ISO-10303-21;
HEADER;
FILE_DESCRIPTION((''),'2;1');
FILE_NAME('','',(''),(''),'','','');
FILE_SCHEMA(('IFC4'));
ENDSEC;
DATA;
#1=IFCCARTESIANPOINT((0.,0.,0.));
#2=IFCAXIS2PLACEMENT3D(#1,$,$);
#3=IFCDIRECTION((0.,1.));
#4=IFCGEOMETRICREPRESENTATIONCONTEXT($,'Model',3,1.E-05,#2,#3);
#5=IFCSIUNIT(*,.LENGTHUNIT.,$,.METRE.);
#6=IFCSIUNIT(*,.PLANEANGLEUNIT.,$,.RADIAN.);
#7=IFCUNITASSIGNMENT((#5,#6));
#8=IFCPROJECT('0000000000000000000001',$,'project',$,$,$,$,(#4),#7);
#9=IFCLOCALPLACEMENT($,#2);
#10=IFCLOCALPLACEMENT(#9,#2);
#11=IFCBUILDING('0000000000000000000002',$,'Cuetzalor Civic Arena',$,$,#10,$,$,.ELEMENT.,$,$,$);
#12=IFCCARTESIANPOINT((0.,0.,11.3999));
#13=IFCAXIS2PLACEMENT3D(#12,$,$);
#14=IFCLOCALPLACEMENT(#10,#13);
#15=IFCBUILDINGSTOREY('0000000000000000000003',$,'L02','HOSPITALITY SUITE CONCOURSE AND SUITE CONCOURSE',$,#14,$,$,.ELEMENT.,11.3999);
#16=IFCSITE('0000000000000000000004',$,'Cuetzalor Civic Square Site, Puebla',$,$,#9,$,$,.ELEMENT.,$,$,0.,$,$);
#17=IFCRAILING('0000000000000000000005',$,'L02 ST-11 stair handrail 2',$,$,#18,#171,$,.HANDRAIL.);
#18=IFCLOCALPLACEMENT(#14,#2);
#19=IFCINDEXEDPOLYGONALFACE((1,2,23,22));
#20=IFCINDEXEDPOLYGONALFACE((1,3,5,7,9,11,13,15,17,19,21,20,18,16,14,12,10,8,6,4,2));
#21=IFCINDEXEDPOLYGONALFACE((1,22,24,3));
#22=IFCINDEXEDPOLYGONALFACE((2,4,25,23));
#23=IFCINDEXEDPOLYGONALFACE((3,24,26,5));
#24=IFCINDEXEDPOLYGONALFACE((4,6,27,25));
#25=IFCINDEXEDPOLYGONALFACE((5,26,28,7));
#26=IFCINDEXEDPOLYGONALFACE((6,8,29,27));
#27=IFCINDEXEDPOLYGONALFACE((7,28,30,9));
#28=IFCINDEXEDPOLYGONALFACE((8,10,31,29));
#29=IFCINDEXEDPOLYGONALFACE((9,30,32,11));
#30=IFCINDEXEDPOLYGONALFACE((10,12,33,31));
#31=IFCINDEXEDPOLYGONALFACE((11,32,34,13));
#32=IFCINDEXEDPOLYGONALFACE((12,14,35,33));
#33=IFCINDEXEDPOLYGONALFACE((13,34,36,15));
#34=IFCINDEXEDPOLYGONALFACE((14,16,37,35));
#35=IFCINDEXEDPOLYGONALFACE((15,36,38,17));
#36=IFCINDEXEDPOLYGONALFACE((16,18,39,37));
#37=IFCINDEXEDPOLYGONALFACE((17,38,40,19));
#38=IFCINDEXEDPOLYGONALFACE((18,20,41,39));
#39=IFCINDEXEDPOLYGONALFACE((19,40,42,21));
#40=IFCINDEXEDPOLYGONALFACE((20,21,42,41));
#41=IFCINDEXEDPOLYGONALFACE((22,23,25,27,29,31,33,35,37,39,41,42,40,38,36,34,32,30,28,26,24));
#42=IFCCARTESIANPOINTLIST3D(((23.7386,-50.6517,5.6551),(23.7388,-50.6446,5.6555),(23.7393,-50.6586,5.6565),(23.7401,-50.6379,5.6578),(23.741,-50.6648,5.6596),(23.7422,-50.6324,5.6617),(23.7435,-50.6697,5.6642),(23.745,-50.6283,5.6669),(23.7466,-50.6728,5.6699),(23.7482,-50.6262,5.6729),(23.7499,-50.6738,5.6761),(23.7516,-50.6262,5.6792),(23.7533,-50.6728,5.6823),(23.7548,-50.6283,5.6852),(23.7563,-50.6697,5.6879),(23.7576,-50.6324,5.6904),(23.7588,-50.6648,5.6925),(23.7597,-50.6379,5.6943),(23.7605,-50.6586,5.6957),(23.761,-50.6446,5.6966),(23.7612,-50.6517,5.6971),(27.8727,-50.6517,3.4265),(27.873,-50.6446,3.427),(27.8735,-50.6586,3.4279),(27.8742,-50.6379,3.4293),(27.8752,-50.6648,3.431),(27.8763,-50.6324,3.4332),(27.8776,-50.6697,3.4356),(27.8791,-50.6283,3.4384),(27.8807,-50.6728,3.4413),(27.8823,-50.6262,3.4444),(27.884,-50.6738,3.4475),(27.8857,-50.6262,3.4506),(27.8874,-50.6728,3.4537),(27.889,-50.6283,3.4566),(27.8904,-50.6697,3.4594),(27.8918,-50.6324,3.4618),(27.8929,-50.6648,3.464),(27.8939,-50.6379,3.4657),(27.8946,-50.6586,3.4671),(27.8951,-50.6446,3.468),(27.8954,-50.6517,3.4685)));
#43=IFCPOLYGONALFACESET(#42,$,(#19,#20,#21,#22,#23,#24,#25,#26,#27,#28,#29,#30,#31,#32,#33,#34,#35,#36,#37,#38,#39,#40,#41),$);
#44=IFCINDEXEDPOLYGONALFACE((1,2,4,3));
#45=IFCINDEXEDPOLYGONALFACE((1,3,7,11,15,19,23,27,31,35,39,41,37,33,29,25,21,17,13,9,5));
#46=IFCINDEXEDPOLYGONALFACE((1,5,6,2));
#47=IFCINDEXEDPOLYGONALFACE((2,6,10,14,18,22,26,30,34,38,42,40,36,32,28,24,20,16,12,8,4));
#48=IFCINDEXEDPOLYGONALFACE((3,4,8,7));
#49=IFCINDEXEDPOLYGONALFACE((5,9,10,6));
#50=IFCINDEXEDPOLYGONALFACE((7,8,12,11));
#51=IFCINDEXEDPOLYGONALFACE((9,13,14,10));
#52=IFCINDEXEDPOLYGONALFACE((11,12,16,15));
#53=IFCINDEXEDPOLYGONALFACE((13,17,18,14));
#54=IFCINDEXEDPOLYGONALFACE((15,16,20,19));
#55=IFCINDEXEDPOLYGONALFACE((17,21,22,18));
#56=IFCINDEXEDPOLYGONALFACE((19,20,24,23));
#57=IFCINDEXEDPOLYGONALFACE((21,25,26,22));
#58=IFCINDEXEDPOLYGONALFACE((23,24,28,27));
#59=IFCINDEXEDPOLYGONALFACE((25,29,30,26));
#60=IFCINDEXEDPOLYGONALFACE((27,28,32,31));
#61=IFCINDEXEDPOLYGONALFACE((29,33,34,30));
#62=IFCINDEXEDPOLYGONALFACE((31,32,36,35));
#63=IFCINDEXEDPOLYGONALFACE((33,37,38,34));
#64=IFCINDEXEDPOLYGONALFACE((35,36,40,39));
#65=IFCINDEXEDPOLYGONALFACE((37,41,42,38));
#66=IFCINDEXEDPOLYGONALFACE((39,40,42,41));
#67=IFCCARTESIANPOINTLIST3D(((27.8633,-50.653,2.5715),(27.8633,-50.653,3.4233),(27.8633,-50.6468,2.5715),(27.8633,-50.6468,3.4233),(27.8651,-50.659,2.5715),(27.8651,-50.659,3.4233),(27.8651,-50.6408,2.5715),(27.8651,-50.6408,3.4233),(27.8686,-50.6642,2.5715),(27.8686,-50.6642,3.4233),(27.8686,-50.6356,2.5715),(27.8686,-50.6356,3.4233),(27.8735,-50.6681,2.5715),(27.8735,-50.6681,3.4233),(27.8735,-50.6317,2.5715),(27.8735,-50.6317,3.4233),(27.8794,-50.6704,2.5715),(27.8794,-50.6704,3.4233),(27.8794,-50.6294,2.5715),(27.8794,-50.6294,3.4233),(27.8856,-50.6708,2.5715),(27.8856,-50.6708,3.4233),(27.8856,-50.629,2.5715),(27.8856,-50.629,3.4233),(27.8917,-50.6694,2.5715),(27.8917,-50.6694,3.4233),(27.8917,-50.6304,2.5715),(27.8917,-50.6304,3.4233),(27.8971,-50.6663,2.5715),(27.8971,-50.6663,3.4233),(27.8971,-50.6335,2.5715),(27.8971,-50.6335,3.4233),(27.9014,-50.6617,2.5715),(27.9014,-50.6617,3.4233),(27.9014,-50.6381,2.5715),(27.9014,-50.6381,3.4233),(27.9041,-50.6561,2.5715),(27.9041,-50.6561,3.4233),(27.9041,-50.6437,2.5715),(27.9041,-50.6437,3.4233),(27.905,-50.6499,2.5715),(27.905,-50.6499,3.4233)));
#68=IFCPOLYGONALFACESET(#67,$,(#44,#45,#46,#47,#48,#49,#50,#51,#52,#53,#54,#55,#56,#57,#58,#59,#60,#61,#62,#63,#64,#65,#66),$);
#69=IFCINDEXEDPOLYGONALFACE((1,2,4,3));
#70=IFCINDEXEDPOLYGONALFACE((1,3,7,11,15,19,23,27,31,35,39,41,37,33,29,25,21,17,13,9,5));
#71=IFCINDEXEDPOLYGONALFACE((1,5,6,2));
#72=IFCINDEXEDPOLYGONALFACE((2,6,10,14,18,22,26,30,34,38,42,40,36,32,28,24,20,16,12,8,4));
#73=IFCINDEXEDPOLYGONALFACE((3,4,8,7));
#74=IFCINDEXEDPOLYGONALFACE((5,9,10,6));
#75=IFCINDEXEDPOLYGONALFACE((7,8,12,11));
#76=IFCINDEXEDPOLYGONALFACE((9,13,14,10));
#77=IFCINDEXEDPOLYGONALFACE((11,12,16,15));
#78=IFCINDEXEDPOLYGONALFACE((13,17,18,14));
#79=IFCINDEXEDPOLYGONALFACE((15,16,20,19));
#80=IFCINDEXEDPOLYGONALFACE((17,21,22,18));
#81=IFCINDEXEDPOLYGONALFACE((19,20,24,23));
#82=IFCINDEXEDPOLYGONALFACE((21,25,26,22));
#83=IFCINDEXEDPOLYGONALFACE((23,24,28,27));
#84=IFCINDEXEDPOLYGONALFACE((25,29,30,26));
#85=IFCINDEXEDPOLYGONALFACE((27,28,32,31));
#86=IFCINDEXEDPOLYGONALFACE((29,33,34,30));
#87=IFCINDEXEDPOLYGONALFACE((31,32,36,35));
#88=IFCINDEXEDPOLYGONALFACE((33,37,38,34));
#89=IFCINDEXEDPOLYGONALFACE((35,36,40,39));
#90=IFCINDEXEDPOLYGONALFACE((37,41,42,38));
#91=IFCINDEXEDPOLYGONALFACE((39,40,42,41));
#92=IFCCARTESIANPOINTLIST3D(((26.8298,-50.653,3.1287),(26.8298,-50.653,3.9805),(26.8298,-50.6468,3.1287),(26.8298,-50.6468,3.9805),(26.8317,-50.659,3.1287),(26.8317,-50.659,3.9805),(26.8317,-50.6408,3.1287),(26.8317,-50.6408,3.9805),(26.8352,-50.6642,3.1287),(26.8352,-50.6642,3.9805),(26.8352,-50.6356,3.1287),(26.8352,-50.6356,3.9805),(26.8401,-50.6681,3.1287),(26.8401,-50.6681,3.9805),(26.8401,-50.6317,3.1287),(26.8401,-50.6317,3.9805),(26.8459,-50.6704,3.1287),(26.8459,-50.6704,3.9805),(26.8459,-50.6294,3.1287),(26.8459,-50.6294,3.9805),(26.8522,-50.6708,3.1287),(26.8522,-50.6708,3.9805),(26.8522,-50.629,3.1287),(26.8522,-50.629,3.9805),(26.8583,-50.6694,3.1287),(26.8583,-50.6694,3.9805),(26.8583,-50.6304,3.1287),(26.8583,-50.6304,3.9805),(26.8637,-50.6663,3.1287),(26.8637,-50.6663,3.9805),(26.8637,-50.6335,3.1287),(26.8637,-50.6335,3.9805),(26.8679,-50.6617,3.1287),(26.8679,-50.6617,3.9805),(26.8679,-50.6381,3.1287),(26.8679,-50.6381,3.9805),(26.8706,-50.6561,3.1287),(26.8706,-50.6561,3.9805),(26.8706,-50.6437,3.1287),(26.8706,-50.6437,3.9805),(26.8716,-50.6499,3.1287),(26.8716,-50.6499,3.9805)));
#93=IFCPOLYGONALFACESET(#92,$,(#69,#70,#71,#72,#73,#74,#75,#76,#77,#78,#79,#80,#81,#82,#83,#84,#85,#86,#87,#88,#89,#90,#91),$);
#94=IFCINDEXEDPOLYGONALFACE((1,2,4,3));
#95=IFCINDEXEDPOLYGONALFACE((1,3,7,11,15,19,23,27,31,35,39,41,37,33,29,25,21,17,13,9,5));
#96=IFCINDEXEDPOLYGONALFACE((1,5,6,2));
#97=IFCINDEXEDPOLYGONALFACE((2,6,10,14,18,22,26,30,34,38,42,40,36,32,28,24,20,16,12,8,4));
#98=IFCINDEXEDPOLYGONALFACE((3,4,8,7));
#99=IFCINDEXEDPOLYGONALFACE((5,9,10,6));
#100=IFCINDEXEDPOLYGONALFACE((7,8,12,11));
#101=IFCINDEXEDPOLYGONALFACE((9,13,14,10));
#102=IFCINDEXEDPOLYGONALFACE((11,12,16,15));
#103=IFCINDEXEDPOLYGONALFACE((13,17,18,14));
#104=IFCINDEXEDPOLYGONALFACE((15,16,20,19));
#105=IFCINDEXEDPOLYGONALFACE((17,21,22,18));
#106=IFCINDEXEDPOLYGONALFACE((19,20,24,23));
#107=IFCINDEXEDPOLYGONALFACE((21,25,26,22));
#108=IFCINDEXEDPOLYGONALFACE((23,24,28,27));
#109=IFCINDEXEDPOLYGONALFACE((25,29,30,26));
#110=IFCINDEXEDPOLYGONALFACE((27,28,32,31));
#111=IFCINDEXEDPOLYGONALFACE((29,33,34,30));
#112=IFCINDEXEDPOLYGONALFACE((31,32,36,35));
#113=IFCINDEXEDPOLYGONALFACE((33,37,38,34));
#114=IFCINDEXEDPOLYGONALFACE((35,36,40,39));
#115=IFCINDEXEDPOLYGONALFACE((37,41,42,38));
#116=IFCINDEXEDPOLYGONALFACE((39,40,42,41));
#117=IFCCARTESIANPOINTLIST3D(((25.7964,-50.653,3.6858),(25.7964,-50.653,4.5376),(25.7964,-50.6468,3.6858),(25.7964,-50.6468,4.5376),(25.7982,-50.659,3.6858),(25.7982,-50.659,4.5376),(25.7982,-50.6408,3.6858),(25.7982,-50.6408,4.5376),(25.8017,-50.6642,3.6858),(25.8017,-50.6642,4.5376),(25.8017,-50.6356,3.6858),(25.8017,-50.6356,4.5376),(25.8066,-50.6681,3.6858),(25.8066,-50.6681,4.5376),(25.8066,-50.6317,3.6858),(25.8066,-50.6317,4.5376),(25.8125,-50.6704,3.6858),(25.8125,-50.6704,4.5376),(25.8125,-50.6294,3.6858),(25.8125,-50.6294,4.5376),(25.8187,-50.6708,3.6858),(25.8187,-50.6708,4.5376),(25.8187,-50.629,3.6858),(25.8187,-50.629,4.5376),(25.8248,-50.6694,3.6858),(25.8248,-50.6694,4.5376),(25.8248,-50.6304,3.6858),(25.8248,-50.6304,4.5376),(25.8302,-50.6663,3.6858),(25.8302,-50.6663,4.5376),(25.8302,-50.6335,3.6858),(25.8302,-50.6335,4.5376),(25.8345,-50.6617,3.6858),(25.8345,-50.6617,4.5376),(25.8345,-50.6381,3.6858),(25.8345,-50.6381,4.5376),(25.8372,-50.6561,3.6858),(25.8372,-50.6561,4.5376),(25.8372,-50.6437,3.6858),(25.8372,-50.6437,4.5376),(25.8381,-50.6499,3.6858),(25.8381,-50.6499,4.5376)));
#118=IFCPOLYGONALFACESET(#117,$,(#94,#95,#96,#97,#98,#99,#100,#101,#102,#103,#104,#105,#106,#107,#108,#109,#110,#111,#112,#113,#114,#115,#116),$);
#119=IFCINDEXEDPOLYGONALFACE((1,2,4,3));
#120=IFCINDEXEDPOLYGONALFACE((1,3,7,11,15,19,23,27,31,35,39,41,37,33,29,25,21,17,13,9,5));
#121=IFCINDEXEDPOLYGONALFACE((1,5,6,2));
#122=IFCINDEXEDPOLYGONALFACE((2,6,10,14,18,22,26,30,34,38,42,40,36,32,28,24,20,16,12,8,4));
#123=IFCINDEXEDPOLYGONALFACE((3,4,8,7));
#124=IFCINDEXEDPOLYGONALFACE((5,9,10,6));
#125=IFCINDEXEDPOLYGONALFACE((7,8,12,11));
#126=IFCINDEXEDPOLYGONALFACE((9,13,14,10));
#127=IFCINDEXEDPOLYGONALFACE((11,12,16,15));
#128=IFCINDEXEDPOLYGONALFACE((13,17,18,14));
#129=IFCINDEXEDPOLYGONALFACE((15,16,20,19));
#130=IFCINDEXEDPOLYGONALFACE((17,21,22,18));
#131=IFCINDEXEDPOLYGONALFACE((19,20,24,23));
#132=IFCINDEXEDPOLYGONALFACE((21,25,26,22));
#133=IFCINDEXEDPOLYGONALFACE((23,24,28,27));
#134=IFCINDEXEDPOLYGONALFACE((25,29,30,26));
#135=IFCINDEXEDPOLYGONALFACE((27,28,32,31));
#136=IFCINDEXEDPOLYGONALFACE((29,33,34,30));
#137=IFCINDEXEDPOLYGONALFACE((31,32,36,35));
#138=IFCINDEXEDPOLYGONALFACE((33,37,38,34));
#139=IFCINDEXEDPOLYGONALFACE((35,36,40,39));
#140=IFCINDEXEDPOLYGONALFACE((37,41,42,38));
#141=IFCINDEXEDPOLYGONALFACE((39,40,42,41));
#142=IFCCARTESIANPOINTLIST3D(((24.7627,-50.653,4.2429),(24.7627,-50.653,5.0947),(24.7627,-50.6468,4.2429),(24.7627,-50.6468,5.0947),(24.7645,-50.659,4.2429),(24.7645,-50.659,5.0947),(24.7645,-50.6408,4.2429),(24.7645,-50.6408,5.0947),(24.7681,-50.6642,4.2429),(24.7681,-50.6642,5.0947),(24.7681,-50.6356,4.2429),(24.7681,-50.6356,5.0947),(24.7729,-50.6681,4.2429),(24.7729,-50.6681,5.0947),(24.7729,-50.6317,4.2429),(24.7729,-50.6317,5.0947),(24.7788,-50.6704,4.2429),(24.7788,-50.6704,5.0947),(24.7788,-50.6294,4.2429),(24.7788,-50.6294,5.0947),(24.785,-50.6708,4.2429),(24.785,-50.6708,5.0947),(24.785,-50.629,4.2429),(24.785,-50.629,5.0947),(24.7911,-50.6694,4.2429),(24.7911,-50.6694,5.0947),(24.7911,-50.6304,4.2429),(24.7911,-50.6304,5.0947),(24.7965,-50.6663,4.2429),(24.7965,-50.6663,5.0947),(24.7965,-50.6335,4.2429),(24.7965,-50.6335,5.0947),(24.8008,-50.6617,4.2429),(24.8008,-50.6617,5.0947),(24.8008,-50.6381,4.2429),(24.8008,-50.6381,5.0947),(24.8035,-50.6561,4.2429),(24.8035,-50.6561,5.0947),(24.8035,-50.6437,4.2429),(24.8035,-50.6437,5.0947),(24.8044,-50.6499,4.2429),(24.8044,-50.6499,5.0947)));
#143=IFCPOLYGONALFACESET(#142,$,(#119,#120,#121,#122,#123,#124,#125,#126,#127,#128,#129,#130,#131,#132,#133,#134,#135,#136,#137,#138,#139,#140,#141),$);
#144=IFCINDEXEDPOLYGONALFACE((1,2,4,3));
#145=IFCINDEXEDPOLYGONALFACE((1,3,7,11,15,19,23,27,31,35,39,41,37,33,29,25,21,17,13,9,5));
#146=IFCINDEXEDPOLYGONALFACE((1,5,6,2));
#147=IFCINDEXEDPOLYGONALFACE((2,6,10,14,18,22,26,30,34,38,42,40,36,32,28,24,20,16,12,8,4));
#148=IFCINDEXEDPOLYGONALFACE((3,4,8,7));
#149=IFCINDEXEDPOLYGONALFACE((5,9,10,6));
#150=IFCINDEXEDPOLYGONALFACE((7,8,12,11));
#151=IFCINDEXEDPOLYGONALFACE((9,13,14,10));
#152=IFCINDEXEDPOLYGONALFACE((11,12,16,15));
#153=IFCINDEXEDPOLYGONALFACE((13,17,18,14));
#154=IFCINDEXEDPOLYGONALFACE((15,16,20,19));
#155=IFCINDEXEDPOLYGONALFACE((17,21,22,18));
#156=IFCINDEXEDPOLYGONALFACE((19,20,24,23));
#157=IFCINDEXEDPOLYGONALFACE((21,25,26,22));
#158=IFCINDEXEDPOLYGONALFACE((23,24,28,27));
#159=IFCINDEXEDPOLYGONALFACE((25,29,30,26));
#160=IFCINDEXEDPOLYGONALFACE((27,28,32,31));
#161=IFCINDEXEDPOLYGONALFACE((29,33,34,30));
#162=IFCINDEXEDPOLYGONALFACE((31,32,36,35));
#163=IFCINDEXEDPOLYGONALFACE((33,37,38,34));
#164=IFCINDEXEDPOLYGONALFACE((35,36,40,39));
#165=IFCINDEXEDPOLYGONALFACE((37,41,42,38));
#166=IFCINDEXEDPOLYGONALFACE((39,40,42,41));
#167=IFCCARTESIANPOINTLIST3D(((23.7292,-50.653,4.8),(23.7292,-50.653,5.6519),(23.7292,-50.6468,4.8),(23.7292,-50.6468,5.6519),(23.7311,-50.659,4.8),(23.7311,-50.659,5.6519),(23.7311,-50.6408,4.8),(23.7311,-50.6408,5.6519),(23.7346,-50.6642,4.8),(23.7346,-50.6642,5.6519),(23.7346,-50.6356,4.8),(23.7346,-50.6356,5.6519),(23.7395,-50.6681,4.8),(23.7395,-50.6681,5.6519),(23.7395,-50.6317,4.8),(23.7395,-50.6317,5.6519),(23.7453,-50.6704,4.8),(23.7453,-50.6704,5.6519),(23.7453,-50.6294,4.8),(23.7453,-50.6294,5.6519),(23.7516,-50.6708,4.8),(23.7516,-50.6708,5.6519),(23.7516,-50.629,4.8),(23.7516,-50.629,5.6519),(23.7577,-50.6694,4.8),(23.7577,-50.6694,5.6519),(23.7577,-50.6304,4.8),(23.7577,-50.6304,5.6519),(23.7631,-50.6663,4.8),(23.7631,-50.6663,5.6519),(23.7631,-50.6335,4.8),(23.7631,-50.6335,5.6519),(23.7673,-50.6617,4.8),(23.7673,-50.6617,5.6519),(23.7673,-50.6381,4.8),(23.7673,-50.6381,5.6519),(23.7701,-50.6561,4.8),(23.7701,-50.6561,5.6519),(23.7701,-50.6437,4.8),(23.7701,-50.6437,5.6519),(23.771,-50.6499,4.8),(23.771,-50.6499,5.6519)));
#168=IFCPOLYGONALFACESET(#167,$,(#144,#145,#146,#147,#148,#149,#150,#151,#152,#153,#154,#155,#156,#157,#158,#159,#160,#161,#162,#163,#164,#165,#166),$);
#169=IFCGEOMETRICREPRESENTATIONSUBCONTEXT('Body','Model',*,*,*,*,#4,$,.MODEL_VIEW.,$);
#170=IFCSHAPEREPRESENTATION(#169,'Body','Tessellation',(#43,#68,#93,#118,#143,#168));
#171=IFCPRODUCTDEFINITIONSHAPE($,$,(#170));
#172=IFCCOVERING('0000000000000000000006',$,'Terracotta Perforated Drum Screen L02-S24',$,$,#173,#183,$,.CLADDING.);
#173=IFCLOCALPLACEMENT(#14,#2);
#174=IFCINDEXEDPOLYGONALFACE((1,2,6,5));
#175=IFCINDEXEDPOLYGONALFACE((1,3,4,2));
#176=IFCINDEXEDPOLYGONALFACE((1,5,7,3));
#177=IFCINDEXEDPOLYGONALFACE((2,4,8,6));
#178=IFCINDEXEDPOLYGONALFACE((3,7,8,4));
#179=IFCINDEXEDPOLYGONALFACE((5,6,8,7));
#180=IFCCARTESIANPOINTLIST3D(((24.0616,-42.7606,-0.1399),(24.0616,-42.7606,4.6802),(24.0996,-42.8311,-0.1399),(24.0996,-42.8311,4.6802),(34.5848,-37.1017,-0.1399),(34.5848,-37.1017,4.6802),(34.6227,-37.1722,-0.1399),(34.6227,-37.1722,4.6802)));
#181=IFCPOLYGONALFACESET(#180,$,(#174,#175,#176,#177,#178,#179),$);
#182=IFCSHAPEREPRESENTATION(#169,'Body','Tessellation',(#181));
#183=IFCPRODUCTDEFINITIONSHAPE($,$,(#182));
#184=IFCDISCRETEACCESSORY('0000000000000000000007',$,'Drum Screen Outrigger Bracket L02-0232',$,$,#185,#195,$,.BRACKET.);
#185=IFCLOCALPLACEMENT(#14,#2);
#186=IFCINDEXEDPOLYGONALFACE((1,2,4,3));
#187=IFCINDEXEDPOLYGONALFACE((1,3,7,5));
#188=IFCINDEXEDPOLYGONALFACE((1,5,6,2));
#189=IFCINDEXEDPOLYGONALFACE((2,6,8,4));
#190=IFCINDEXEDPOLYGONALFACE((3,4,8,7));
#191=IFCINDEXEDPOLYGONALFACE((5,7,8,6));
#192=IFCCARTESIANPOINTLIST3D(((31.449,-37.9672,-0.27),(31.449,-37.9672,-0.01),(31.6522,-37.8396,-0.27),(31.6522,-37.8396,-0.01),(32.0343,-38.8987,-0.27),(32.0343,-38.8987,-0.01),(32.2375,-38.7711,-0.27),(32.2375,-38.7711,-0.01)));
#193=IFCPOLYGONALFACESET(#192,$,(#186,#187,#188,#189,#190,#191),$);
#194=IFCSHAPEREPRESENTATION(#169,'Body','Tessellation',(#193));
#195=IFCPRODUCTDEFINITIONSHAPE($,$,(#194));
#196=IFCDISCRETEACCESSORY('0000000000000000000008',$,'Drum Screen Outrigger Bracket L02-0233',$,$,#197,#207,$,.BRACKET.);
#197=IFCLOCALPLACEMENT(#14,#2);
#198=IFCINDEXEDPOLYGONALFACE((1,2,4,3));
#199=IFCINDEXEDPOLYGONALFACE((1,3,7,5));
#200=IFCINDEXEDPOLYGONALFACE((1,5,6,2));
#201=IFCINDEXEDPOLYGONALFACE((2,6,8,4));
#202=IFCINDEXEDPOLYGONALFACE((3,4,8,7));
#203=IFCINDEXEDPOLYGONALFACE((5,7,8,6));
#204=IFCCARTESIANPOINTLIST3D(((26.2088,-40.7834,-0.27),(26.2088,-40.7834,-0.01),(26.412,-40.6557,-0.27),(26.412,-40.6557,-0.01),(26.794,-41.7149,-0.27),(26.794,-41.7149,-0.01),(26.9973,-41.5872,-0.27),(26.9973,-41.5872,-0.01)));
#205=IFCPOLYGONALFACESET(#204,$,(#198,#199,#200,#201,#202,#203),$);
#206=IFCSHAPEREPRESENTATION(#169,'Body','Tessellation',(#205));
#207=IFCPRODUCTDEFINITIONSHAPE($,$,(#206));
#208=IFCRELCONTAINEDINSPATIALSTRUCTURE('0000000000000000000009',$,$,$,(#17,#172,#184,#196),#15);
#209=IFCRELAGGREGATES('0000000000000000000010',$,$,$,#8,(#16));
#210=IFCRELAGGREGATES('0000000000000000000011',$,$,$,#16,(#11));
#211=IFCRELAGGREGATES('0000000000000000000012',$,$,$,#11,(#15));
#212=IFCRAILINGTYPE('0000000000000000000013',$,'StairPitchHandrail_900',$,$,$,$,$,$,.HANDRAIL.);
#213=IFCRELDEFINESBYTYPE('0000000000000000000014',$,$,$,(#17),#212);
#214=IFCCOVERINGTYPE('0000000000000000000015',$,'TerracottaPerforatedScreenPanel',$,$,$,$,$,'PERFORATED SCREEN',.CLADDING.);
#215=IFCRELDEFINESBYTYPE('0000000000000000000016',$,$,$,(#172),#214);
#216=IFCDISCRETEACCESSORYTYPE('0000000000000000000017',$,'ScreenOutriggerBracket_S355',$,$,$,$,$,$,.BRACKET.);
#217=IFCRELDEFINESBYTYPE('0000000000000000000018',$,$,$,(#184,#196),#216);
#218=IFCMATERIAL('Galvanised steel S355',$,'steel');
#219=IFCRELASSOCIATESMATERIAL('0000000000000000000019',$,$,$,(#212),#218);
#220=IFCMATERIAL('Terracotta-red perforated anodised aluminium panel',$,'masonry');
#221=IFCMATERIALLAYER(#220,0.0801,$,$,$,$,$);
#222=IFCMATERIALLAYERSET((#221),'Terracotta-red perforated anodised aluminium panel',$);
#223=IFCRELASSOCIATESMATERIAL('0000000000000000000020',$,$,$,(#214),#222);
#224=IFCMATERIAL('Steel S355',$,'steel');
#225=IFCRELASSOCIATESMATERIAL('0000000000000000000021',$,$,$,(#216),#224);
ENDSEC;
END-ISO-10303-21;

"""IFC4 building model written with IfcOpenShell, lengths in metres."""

from ifc_helpers import new_model, si_unit, direction, frame, frame_2d, origin, origin_2d, place, context, subcontext, project, spatial, rectangle, circle, extrude, material, layer, layer_set, type_object, element, save


model = new_model("IFC4")

# Units and contexts
model_context = context("Model", 3, precision=1e-05, world=origin(), true_north=direction((0.0, 1.0)))
body_context = subcontext(model_context, "Body", "Model", "MODEL_VIEW")
ifc_project = project(units=[si_unit("LENGTHUNIT", "METRE"), si_unit("PLANEANGLEUNIT", "RADIAN")], contexts=[model_context])

# Site, building, storey
site_placement = place(None, origin())
site = spatial("IfcSite", under=ifc_project, at=site_placement, Name="Cuetzalor Civic Square Site, Puebla", CompositionType="ELEMENT", RefElevation=0.0)
building_placement = place(site_placement, origin())
building = spatial("IfcBuilding", under=site, at=building_placement, Name="Cuetzalor Civic Arena", CompositionType="ELEMENT")
storey_placement = place(building_placement, frame((0.0, 0.0, 11.3999)))
storey = spatial("IfcBuildingStorey", under=building, at=storey_placement, Name="L02", Description="HOSPITALITY SUITE CONCOURSE AND SUITE CONCOURSE", CompositionType="ELEMENT", Elevation=11.3999)

# Railing
ifc_material_1 = material(Name="Galvanised steel S355", Category="steel")
railing_type = type_object("IfcRailingType", Name="StairPitchHandrail_900", PredefinedType="HANDRAIL", material=ifc_material_1)
railing_placement = place(storey_placement, frame((27.884, -50.6499, 2.5715)))
element("IfcRailing", 1, at=railing_placement, inside=storey, type_object=railing_type, Name="L02 ST-11 stair handrail 2", PredefinedType="HANDRAIL", context=body_context, shape_type="SweptSolid", body=[
    extrude(circle(Radius=0.0239, at=origin_2d()), frame((0.0, 0.0, 0.876), z_axis=(-0.880249, 0.0, 0.474512), x_axis=(0.0, -1.0, 0.0)), (0.0, 0.0, 1.0), 4.6965),
    extrude(circle(Radius=0.021, at=origin_2d()), origin(), (0.0, 0.0, 1.0), 0.8518),
    extrude(circle(Radius=0.021, at=origin_2d()), frame((-1.0334, 0.0, 0.5571)), (0.0, 0.0, 1.0), 0.8518),
    extrude(circle(Radius=0.021, at=origin_2d()), frame((-2.0669, 0.0, 1.1143)), (0.0, 0.0, 1.0), 0.8518),
    extrude(circle(Radius=0.021, at=origin_2d()), frame((-3.1006, 0.0, 1.6714)), (0.0, 0.0, 1.0), 0.8518),
    extrude(circle(Radius=0.021, at=origin_2d()), frame((-4.134, 0.0, 2.2285)), (0.0, 0.0, 1.0), 0.8518),
])

# Covering
ifc_material_2 = material(Name="Terracotta-red perforated anodised aluminium panel", Category="masonry")
ifc_layer_1 = layer(ifc_material_2, 0.0801)
ifc_layer_set_1 = layer_set([ifc_layer_1], Name="Terracotta-red perforated anodised aluminium panel")
covering_type = type_object("IfcCoveringType", Name="TerracottaPerforatedScreenPanel", ElementType="PERFORATED SCREEN", PredefinedType="CLADDING", material=ifc_layer_set_1)
covering_placement = place(storey_placement, frame((34.6038, -37.137, -0.1399), z_axis=(0.0, 0.0, 1.0), x_axis=(-0.880729, -0.47362, 0.0)))
element("IfcCovering", 2, at=covering_placement, inside=storey, type_object=covering_type, Name="Terracotta Perforated Drum Screen L02-S24", PredefinedType="CLADDING", context=body_context, shape_type="SweptSolid", body=[
    extrude(rectangle(XDim=11.9482, YDim=0.0801, at=frame_2d((5.9741, 0.0))), origin(), (0.0, 0.0, 1.0), 4.8201),
])

# Discrete accessories
ifc_material_3 = material(Name="Steel S355", Category="steel")
discrete_accessory_type = type_object("IfcDiscreteAccessoryType", Name="ScreenOutriggerBracket_S355", PredefinedType="BRACKET", material=ifc_material_3)
for number, where, z_axis, x_axis, name in (
    (3, (31.8433, -38.3691, -0.27), (0.0, 0.0, 1.0), (0.53199, -0.846751, 0.0), "Drum Screen Outrigger Bracket L02-0232"),
    (4, (26.603, -41.1853, -0.27), (0.0, 0.0, 1.0), (0.53199, -0.846751, 0.0), "Drum Screen Outrigger Bracket L02-0233"),
):
    element("IfcDiscreteAccessory", number, at=place(storey_placement, frame(where, z_axis=z_axis, x_axis=x_axis)), inside=storey, type_object=discrete_accessory_type, Name=name, PredefinedType="BRACKET", context=body_context, shape_type="SweptSolid", body=[
        extrude(rectangle(XDim=1.1001, YDim=0.24, at=origin_2d()), origin(), (0.0, 0.0, 1.0), 0.26),
    ])

save(model, "model.ifc")
